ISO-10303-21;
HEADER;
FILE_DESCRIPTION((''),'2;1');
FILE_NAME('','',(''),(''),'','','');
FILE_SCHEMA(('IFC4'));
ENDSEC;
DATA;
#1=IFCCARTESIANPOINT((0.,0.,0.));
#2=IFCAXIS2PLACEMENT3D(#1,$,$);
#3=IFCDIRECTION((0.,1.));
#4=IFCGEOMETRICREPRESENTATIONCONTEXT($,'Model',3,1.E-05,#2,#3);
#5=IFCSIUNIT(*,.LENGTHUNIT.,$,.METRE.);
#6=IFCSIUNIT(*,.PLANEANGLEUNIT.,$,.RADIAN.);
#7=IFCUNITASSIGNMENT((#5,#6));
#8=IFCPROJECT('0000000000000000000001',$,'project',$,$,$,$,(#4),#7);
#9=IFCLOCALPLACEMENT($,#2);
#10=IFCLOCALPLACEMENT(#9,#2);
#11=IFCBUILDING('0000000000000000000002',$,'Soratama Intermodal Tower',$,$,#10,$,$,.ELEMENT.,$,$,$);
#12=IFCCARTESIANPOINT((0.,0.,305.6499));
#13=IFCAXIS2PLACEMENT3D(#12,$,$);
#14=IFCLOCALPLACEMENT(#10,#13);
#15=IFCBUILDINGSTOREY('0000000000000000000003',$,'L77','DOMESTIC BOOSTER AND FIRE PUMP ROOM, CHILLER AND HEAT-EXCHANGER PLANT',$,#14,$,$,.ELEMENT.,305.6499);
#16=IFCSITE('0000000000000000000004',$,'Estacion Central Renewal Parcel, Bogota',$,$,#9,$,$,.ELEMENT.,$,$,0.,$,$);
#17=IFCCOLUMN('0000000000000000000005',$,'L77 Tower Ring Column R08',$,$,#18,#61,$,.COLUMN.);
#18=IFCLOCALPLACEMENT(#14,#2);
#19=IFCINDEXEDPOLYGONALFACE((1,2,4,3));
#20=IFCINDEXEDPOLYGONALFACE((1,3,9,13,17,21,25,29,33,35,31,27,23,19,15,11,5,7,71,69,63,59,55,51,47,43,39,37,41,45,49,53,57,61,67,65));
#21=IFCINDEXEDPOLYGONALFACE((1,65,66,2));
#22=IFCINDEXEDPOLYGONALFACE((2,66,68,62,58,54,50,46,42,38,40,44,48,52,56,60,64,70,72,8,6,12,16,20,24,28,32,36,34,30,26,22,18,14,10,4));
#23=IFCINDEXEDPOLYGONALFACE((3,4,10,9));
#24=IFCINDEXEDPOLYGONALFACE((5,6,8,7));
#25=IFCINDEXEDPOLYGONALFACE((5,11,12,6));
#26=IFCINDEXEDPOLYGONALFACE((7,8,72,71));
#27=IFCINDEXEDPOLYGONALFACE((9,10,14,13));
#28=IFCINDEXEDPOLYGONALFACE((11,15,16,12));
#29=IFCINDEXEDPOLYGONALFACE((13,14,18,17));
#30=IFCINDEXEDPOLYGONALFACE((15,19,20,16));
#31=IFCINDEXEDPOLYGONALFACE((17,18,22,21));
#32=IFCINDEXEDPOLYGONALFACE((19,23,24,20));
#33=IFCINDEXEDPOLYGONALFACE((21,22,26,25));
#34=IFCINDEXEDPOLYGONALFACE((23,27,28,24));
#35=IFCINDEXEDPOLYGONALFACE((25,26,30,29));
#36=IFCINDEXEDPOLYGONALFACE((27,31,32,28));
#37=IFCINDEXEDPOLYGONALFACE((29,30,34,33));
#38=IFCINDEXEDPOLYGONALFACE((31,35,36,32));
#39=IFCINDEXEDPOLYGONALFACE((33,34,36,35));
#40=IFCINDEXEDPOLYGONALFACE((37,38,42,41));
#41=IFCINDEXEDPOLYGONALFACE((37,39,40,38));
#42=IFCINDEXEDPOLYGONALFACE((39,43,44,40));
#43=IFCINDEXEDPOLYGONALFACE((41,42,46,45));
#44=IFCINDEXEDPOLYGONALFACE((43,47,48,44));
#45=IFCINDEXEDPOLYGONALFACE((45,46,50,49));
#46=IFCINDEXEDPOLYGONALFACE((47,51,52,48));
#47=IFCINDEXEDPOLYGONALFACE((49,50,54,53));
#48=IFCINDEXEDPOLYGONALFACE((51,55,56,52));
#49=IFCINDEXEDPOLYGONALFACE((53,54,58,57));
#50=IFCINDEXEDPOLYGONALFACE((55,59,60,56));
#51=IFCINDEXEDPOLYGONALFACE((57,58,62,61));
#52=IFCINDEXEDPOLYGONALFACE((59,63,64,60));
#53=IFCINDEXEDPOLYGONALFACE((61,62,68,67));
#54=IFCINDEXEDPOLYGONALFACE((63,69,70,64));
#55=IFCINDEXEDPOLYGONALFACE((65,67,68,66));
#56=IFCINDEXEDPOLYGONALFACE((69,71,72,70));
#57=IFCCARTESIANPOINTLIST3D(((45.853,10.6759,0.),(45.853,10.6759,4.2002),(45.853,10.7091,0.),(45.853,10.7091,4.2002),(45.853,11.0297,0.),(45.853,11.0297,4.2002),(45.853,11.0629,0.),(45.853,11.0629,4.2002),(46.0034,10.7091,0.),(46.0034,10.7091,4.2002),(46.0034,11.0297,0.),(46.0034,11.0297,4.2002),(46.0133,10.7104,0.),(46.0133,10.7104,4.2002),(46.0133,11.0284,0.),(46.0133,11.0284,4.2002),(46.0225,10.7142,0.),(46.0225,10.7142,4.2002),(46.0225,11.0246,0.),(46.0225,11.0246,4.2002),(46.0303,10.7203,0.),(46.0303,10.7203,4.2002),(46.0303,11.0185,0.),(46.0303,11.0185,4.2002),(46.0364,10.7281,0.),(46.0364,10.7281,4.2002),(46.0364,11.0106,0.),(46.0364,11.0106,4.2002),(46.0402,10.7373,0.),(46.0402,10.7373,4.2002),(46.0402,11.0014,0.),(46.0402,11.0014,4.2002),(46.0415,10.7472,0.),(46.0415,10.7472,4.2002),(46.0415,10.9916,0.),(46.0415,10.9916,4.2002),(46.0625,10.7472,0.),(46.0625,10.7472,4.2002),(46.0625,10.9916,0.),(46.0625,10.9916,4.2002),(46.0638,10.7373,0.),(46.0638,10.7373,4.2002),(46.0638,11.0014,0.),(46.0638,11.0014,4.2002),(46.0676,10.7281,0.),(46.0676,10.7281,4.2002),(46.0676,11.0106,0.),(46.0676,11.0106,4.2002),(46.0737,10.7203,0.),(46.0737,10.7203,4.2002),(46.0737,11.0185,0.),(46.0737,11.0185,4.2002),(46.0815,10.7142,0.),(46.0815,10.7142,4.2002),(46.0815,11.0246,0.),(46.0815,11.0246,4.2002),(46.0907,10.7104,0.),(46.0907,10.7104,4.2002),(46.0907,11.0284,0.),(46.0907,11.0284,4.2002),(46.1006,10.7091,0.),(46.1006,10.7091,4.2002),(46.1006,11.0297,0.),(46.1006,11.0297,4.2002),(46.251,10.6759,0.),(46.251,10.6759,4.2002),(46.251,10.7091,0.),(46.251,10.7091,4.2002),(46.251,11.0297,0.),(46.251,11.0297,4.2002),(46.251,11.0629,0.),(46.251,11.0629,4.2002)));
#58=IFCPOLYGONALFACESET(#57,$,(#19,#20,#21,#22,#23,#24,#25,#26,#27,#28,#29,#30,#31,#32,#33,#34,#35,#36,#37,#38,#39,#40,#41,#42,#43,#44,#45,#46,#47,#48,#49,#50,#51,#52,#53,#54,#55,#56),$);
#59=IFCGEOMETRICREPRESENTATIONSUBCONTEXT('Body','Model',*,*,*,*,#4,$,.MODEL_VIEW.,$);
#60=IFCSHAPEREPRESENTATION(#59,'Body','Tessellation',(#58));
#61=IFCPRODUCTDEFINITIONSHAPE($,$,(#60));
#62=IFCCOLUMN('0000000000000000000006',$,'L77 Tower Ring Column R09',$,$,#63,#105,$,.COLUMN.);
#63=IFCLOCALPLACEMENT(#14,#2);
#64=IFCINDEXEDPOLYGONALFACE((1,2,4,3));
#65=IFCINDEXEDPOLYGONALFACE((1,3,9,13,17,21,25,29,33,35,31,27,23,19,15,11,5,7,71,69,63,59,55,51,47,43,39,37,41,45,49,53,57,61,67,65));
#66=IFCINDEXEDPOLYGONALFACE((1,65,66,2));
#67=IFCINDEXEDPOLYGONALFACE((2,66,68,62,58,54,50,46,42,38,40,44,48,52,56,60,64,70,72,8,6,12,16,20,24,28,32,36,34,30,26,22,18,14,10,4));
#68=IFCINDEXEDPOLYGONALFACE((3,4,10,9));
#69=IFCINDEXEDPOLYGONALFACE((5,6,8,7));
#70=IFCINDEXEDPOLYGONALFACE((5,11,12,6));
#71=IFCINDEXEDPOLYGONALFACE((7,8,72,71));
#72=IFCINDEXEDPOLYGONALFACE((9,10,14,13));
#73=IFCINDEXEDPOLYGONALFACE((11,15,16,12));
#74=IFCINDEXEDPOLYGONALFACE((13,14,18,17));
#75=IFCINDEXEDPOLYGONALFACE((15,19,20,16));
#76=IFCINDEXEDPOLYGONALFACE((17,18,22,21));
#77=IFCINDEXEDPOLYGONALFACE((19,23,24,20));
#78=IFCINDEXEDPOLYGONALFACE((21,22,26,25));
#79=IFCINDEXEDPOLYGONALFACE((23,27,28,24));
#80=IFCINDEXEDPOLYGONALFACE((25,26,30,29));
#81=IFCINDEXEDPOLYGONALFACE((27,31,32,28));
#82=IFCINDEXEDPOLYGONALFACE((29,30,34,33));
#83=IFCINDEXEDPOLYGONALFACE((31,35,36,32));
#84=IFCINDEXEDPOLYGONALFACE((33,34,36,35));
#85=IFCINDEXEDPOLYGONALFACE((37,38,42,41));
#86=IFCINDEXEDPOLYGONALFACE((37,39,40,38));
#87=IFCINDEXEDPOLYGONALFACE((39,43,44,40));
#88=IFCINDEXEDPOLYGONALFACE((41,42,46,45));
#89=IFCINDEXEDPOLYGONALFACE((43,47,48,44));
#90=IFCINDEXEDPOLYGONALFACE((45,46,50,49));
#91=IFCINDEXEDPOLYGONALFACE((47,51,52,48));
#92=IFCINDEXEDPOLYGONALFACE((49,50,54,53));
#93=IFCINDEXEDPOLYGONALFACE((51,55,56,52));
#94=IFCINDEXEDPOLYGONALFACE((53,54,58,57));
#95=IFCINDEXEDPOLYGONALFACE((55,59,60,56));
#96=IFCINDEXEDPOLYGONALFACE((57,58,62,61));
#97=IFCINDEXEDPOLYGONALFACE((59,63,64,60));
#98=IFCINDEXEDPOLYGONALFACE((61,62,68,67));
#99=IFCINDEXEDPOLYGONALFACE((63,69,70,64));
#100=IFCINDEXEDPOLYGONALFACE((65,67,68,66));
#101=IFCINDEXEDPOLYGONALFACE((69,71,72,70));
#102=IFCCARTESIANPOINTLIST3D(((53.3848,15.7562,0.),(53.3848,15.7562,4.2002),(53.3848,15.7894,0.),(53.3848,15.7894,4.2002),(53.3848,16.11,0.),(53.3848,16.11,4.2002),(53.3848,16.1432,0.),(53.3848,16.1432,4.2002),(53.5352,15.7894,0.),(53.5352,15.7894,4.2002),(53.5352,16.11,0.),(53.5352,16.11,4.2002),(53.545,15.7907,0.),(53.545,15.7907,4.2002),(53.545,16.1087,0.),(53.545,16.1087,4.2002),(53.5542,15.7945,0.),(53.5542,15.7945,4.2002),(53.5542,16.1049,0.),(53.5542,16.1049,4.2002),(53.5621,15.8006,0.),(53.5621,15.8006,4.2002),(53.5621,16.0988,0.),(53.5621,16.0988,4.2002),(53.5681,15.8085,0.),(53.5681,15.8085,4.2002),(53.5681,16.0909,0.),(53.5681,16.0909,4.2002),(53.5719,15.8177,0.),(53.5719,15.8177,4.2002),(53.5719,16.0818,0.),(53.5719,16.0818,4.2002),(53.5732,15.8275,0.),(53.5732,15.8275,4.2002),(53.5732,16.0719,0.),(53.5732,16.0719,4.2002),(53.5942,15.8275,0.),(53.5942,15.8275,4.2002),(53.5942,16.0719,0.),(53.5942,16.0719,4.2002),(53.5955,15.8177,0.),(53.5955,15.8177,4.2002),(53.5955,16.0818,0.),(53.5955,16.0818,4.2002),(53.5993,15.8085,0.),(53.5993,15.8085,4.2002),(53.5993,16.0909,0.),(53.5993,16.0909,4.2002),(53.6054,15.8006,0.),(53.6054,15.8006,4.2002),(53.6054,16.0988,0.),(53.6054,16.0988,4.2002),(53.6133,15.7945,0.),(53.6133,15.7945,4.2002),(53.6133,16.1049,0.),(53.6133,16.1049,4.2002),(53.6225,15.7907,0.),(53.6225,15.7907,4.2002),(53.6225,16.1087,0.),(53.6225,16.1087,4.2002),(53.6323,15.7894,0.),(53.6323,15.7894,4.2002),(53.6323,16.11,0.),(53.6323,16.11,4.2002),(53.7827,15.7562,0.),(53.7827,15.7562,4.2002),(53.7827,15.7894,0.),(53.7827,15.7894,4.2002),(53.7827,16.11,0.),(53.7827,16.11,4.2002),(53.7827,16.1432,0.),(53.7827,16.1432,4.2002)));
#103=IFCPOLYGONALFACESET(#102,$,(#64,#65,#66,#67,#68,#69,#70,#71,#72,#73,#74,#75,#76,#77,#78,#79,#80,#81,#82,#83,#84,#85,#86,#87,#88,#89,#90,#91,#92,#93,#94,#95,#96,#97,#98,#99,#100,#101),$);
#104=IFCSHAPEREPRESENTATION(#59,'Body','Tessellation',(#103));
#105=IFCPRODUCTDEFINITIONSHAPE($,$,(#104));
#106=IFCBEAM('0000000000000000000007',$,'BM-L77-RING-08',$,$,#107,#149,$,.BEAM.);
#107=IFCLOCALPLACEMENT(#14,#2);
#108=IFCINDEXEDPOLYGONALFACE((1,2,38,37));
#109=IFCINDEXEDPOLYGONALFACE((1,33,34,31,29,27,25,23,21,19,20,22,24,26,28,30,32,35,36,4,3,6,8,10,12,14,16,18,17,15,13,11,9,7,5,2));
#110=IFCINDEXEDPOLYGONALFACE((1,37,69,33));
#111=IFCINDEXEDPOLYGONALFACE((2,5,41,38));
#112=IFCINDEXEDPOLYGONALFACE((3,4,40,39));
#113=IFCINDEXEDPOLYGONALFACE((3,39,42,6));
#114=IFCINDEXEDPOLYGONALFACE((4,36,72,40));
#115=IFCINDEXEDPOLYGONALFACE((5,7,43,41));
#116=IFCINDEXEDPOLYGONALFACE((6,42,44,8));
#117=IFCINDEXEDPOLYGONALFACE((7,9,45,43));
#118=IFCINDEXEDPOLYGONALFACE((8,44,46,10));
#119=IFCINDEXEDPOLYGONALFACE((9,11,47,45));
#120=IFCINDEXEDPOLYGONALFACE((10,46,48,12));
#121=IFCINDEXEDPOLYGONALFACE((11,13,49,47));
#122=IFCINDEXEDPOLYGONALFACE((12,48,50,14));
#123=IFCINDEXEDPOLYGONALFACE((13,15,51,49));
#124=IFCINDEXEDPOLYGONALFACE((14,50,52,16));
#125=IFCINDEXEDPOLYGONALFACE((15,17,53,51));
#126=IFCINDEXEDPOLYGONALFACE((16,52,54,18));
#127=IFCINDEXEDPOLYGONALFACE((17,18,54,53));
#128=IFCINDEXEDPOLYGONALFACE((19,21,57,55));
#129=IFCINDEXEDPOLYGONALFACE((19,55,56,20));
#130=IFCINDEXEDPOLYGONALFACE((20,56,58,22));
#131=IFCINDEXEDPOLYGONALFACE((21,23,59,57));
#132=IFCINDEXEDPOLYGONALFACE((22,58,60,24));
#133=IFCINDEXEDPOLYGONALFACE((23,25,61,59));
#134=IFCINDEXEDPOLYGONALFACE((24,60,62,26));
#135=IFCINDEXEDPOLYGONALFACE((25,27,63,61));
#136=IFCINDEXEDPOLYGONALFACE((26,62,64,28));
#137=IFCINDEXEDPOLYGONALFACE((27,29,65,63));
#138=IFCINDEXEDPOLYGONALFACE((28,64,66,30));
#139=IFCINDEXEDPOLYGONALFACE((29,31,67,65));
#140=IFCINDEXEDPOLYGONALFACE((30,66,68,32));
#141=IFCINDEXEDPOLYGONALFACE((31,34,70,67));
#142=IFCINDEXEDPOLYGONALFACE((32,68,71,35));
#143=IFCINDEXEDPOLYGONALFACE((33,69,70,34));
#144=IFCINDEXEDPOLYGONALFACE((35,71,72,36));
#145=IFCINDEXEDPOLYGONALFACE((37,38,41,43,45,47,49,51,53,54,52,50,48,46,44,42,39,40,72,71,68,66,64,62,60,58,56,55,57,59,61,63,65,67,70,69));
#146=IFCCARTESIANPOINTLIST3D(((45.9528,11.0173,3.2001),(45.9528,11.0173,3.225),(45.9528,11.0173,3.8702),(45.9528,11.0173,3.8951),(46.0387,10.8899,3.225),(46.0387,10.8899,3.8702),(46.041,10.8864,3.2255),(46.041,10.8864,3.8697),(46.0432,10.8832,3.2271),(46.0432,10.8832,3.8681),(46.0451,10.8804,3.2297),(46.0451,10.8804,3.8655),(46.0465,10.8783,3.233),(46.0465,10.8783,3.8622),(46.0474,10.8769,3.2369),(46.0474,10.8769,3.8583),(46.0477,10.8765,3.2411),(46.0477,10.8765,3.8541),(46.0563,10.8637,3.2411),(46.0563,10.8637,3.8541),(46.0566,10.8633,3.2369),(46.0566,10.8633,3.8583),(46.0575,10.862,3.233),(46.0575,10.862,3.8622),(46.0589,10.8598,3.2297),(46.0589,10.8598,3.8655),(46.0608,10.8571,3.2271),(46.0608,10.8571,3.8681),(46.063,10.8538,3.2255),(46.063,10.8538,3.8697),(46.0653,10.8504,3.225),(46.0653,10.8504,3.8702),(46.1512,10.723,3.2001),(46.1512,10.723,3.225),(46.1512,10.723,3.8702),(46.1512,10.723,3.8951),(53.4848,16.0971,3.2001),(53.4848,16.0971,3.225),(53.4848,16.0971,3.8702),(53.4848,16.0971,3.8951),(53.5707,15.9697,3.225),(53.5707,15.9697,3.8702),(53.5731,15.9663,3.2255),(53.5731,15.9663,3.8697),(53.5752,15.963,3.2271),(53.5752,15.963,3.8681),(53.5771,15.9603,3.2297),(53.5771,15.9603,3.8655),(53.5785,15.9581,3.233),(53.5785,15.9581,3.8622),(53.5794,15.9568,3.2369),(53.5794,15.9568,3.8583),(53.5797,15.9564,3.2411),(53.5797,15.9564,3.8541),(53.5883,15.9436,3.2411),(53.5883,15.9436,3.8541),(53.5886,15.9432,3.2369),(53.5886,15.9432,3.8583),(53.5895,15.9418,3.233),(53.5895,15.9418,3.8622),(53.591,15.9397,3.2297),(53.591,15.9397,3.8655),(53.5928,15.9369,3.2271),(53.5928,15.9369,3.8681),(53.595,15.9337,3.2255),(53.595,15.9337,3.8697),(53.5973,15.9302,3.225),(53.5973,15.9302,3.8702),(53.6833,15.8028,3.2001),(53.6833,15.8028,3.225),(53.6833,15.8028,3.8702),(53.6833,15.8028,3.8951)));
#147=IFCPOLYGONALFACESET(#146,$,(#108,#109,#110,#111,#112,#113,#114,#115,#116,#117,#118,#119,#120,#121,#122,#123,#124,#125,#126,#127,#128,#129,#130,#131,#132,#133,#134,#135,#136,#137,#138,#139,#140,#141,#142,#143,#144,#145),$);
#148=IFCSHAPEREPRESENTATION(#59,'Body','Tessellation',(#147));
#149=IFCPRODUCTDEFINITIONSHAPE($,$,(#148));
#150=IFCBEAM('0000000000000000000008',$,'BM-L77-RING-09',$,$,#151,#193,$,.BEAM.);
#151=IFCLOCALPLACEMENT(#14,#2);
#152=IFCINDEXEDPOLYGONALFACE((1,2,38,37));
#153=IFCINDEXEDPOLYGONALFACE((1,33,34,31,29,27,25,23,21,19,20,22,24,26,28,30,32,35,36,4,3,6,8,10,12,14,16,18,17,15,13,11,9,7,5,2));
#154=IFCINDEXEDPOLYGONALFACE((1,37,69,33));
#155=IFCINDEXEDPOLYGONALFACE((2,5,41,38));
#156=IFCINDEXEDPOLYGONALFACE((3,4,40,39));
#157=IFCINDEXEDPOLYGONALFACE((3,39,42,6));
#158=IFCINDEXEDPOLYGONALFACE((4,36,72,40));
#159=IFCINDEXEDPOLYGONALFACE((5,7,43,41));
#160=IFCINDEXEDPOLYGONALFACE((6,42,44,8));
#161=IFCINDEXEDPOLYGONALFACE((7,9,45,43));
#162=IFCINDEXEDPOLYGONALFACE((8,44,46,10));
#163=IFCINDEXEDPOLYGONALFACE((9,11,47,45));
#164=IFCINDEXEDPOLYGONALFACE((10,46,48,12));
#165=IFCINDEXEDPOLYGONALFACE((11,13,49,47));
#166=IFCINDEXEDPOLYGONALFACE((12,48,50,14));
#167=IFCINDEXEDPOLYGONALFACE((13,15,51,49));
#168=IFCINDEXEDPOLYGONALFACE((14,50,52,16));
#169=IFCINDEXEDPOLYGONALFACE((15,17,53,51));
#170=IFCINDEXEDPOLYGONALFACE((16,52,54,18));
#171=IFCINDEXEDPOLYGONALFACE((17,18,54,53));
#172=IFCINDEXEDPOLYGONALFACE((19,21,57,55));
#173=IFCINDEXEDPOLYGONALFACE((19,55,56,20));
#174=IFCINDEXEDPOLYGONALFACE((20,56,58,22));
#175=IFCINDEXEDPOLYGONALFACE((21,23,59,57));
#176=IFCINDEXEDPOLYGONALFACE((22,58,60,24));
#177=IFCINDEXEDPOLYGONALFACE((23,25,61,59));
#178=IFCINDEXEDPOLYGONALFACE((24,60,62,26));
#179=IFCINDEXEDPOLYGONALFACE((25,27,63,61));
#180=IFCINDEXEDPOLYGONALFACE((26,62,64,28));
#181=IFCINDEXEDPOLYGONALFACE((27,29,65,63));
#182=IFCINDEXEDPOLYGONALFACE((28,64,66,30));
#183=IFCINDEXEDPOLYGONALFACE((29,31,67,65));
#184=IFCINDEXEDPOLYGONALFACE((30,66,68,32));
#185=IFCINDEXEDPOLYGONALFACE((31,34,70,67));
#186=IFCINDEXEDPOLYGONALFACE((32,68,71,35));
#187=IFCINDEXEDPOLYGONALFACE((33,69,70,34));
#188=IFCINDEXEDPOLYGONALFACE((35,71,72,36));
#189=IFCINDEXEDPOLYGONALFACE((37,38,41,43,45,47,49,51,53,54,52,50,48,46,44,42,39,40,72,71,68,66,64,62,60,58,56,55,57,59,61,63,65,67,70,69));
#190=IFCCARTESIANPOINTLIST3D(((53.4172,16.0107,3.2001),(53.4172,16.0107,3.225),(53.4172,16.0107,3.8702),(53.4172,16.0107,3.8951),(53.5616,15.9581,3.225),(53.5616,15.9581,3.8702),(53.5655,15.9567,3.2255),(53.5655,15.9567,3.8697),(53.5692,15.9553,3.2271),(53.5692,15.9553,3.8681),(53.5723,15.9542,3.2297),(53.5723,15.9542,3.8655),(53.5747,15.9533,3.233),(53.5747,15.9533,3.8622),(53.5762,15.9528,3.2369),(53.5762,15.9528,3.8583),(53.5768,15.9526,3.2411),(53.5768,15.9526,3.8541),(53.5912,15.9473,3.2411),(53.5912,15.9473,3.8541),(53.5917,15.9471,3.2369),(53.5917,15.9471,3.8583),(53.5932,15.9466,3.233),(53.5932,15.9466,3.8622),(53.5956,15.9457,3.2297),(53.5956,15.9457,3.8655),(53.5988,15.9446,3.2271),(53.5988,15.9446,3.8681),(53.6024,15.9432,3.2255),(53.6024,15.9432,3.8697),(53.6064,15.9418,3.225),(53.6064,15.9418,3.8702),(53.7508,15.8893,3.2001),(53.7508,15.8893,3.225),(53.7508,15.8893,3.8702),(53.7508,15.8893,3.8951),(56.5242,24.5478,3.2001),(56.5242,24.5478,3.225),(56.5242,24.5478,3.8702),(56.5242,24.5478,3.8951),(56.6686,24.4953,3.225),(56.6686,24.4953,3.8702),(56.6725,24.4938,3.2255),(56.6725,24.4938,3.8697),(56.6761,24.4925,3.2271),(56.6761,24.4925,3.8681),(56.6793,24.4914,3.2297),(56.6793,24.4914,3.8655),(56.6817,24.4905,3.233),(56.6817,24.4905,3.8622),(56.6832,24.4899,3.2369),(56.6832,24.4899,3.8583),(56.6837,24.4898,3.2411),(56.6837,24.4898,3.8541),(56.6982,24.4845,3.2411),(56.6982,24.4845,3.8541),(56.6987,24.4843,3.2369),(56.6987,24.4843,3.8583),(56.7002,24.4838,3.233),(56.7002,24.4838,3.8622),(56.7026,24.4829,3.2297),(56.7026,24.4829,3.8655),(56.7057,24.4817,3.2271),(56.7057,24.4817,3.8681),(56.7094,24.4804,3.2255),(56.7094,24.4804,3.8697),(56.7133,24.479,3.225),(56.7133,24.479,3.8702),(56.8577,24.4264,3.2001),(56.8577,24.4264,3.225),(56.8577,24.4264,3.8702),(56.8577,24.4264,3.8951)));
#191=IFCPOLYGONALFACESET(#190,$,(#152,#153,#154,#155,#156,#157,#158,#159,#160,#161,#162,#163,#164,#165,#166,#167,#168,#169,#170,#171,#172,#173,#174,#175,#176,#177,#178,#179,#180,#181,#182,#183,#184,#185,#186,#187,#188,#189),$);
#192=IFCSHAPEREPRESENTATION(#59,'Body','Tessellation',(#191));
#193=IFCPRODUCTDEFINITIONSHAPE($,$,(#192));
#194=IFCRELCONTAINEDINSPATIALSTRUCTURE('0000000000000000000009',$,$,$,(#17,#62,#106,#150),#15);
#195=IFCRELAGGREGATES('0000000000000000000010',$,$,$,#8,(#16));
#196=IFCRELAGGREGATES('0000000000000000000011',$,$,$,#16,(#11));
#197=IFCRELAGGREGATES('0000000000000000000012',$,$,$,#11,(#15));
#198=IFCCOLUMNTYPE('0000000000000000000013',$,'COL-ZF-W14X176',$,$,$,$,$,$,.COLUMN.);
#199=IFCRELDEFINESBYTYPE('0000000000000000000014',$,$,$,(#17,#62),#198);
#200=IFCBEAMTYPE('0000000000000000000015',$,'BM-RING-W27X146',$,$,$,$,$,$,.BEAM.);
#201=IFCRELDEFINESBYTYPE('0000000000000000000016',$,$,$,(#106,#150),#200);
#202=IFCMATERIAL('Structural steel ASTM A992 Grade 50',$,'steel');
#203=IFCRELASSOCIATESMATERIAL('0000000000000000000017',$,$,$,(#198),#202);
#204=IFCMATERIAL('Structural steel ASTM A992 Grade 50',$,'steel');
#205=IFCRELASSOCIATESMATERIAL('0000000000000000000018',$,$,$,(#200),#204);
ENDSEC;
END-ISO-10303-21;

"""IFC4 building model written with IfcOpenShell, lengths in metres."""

from ifc_helpers import new_model, si_unit, direction, frame, origin, origin_2d, place, context, subcontext, project, spatial, i_section, extrude, material, material_profile, profile_set, type_object, element, save


model = new_model("IFC4")

# Units and contexts
model_context = context("Model", 3, precision=1e-05, world=origin(), true_north=direction((0.0, 1.0)))
body_context = subcontext(model_context, "Body", "Model", "MODEL_VIEW")
ifc_project = project(units=[si_unit("LENGTHUNIT", "METRE"), si_unit("PLANEANGLEUNIT", "RADIAN")], contexts=[model_context])

# Site, building, storey
site_placement = place(None, origin())
site = spatial("IfcSite", under=ifc_project, at=site_placement, Name="Estacion Central Renewal Parcel, Bogota", CompositionType="ELEMENT", RefElevation=0.0)
building_placement = place(site_placement, origin())
building = spatial("IfcBuilding", under=site, at=building_placement, Name="Soratama Intermodal Tower", CompositionType="ELEMENT")
storey_placement = place(building_placement, frame((0.0, 0.0, 305.6499)))
storey = spatial("IfcBuildingStorey", under=building, at=storey_placement, Name="L77", Description="DOMESTIC BOOSTER AND FIRE PUMP ROOM, CHILLER AND HEAT-EXCHANGER PLANT", CompositionType="ELEMENT", Elevation=305.6499)

# Columns
ifc_material_1 = material(Name="Structural steel ASTM A992 Grade 50", Category="steel")
ifc_material_profile_1 = material_profile(ifc_material_1, i_section(OverallWidth=0.3979, OverallDepth=0.387, WebThickness=0.021, FlangeThickness=0.0332, FilletRadius=0.0381, at=origin_2d()), Name="W14X176")
ifc_profile_set_1 = profile_set([ifc_material_profile_1], Name="Structural steel ASTM A992 Grade 50")
column_type = type_object("IfcColumnType", Name="COL-ZF-W14X176", PredefinedType="COLUMN", material=ifc_profile_set_1)
for number, where, z_axis, x_axis, name in (
    (1, (46.052, 10.8694, 0.0), (0.0, 0.0, 1.0), (1.0, 0.0, 0.0), "L77 Tower Ring Column R08"),
    (2, (53.5837, 15.9497, 0.0), (0.0, 0.0, 1.0), (1.0, 0.0, 0.0), "L77 Tower Ring Column R09"),
):
    element("IfcColumn", number, at=place(storey_placement, frame(where, z_axis=z_axis, x_axis=x_axis)), inside=storey, type_object=column_type, Name=name, PredefinedType="COLUMN", context=body_context, shape_type="SweptSolid", body=[
        extrude(i_section(OverallWidth=0.3979, OverallDepth=0.387, WebThickness=0.021, FlangeThickness=0.0332, FilletRadius=0.0381, at=origin_2d()), origin(), (0.0, 0.0, 1.0), 4.2002),
    ])

# Beams
ifc_material_2 = material(Name="Structural steel ASTM A992 Grade 50", Category="steel")
ifc_material_profile_2 = material_profile(ifc_material_2, i_section(OverallWidth=0.355, OverallDepth=0.6951, WebThickness=0.0154, FlangeThickness=0.0249, FilletRadius=0.0161, at=origin_2d()), Name="W27X146")
ifc_profile_set_2 = profile_set([ifc_material_profile_2], Name="Structural steel ASTM A992 Grade 50")
beam_type_1 = type_object("IfcBeamType", Name="BM-RING-W27X146", PredefinedType="BEAM", material=ifc_profile_set_2)
for number, where, z_axis, x_axis, name in (
    (3, (46.052, 10.8701, 3.5476), (0.829066, 0.559151, 0.0), (-0.559151, 0.829066, 0.0), "BM-L77-RING-08"),
    (4, (53.584, 15.95, 3.5476), (0.341989, 0.939704, 0.0), (-0.939704, 0.341989, 0.0), "BM-L77-RING-09"),
):
    element("IfcBeam", number, at=place(storey_placement, frame(where, z_axis=z_axis, x_axis=x_axis)), inside=storey, type_object=beam_type_1, Name=name, PredefinedType="BEAM", context=body_context, shape_type="SweptSolid", body=[
        extrude(i_section(OverallWidth=0.355, OverallDepth=0.6951, WebThickness=0.0154, FlangeThickness=0.0249, FilletRadius=0.0161, at=origin_2d()), origin(), (0.0, 0.0, 1.0), 9.085),
    ])

save(model, "model.ifc")
